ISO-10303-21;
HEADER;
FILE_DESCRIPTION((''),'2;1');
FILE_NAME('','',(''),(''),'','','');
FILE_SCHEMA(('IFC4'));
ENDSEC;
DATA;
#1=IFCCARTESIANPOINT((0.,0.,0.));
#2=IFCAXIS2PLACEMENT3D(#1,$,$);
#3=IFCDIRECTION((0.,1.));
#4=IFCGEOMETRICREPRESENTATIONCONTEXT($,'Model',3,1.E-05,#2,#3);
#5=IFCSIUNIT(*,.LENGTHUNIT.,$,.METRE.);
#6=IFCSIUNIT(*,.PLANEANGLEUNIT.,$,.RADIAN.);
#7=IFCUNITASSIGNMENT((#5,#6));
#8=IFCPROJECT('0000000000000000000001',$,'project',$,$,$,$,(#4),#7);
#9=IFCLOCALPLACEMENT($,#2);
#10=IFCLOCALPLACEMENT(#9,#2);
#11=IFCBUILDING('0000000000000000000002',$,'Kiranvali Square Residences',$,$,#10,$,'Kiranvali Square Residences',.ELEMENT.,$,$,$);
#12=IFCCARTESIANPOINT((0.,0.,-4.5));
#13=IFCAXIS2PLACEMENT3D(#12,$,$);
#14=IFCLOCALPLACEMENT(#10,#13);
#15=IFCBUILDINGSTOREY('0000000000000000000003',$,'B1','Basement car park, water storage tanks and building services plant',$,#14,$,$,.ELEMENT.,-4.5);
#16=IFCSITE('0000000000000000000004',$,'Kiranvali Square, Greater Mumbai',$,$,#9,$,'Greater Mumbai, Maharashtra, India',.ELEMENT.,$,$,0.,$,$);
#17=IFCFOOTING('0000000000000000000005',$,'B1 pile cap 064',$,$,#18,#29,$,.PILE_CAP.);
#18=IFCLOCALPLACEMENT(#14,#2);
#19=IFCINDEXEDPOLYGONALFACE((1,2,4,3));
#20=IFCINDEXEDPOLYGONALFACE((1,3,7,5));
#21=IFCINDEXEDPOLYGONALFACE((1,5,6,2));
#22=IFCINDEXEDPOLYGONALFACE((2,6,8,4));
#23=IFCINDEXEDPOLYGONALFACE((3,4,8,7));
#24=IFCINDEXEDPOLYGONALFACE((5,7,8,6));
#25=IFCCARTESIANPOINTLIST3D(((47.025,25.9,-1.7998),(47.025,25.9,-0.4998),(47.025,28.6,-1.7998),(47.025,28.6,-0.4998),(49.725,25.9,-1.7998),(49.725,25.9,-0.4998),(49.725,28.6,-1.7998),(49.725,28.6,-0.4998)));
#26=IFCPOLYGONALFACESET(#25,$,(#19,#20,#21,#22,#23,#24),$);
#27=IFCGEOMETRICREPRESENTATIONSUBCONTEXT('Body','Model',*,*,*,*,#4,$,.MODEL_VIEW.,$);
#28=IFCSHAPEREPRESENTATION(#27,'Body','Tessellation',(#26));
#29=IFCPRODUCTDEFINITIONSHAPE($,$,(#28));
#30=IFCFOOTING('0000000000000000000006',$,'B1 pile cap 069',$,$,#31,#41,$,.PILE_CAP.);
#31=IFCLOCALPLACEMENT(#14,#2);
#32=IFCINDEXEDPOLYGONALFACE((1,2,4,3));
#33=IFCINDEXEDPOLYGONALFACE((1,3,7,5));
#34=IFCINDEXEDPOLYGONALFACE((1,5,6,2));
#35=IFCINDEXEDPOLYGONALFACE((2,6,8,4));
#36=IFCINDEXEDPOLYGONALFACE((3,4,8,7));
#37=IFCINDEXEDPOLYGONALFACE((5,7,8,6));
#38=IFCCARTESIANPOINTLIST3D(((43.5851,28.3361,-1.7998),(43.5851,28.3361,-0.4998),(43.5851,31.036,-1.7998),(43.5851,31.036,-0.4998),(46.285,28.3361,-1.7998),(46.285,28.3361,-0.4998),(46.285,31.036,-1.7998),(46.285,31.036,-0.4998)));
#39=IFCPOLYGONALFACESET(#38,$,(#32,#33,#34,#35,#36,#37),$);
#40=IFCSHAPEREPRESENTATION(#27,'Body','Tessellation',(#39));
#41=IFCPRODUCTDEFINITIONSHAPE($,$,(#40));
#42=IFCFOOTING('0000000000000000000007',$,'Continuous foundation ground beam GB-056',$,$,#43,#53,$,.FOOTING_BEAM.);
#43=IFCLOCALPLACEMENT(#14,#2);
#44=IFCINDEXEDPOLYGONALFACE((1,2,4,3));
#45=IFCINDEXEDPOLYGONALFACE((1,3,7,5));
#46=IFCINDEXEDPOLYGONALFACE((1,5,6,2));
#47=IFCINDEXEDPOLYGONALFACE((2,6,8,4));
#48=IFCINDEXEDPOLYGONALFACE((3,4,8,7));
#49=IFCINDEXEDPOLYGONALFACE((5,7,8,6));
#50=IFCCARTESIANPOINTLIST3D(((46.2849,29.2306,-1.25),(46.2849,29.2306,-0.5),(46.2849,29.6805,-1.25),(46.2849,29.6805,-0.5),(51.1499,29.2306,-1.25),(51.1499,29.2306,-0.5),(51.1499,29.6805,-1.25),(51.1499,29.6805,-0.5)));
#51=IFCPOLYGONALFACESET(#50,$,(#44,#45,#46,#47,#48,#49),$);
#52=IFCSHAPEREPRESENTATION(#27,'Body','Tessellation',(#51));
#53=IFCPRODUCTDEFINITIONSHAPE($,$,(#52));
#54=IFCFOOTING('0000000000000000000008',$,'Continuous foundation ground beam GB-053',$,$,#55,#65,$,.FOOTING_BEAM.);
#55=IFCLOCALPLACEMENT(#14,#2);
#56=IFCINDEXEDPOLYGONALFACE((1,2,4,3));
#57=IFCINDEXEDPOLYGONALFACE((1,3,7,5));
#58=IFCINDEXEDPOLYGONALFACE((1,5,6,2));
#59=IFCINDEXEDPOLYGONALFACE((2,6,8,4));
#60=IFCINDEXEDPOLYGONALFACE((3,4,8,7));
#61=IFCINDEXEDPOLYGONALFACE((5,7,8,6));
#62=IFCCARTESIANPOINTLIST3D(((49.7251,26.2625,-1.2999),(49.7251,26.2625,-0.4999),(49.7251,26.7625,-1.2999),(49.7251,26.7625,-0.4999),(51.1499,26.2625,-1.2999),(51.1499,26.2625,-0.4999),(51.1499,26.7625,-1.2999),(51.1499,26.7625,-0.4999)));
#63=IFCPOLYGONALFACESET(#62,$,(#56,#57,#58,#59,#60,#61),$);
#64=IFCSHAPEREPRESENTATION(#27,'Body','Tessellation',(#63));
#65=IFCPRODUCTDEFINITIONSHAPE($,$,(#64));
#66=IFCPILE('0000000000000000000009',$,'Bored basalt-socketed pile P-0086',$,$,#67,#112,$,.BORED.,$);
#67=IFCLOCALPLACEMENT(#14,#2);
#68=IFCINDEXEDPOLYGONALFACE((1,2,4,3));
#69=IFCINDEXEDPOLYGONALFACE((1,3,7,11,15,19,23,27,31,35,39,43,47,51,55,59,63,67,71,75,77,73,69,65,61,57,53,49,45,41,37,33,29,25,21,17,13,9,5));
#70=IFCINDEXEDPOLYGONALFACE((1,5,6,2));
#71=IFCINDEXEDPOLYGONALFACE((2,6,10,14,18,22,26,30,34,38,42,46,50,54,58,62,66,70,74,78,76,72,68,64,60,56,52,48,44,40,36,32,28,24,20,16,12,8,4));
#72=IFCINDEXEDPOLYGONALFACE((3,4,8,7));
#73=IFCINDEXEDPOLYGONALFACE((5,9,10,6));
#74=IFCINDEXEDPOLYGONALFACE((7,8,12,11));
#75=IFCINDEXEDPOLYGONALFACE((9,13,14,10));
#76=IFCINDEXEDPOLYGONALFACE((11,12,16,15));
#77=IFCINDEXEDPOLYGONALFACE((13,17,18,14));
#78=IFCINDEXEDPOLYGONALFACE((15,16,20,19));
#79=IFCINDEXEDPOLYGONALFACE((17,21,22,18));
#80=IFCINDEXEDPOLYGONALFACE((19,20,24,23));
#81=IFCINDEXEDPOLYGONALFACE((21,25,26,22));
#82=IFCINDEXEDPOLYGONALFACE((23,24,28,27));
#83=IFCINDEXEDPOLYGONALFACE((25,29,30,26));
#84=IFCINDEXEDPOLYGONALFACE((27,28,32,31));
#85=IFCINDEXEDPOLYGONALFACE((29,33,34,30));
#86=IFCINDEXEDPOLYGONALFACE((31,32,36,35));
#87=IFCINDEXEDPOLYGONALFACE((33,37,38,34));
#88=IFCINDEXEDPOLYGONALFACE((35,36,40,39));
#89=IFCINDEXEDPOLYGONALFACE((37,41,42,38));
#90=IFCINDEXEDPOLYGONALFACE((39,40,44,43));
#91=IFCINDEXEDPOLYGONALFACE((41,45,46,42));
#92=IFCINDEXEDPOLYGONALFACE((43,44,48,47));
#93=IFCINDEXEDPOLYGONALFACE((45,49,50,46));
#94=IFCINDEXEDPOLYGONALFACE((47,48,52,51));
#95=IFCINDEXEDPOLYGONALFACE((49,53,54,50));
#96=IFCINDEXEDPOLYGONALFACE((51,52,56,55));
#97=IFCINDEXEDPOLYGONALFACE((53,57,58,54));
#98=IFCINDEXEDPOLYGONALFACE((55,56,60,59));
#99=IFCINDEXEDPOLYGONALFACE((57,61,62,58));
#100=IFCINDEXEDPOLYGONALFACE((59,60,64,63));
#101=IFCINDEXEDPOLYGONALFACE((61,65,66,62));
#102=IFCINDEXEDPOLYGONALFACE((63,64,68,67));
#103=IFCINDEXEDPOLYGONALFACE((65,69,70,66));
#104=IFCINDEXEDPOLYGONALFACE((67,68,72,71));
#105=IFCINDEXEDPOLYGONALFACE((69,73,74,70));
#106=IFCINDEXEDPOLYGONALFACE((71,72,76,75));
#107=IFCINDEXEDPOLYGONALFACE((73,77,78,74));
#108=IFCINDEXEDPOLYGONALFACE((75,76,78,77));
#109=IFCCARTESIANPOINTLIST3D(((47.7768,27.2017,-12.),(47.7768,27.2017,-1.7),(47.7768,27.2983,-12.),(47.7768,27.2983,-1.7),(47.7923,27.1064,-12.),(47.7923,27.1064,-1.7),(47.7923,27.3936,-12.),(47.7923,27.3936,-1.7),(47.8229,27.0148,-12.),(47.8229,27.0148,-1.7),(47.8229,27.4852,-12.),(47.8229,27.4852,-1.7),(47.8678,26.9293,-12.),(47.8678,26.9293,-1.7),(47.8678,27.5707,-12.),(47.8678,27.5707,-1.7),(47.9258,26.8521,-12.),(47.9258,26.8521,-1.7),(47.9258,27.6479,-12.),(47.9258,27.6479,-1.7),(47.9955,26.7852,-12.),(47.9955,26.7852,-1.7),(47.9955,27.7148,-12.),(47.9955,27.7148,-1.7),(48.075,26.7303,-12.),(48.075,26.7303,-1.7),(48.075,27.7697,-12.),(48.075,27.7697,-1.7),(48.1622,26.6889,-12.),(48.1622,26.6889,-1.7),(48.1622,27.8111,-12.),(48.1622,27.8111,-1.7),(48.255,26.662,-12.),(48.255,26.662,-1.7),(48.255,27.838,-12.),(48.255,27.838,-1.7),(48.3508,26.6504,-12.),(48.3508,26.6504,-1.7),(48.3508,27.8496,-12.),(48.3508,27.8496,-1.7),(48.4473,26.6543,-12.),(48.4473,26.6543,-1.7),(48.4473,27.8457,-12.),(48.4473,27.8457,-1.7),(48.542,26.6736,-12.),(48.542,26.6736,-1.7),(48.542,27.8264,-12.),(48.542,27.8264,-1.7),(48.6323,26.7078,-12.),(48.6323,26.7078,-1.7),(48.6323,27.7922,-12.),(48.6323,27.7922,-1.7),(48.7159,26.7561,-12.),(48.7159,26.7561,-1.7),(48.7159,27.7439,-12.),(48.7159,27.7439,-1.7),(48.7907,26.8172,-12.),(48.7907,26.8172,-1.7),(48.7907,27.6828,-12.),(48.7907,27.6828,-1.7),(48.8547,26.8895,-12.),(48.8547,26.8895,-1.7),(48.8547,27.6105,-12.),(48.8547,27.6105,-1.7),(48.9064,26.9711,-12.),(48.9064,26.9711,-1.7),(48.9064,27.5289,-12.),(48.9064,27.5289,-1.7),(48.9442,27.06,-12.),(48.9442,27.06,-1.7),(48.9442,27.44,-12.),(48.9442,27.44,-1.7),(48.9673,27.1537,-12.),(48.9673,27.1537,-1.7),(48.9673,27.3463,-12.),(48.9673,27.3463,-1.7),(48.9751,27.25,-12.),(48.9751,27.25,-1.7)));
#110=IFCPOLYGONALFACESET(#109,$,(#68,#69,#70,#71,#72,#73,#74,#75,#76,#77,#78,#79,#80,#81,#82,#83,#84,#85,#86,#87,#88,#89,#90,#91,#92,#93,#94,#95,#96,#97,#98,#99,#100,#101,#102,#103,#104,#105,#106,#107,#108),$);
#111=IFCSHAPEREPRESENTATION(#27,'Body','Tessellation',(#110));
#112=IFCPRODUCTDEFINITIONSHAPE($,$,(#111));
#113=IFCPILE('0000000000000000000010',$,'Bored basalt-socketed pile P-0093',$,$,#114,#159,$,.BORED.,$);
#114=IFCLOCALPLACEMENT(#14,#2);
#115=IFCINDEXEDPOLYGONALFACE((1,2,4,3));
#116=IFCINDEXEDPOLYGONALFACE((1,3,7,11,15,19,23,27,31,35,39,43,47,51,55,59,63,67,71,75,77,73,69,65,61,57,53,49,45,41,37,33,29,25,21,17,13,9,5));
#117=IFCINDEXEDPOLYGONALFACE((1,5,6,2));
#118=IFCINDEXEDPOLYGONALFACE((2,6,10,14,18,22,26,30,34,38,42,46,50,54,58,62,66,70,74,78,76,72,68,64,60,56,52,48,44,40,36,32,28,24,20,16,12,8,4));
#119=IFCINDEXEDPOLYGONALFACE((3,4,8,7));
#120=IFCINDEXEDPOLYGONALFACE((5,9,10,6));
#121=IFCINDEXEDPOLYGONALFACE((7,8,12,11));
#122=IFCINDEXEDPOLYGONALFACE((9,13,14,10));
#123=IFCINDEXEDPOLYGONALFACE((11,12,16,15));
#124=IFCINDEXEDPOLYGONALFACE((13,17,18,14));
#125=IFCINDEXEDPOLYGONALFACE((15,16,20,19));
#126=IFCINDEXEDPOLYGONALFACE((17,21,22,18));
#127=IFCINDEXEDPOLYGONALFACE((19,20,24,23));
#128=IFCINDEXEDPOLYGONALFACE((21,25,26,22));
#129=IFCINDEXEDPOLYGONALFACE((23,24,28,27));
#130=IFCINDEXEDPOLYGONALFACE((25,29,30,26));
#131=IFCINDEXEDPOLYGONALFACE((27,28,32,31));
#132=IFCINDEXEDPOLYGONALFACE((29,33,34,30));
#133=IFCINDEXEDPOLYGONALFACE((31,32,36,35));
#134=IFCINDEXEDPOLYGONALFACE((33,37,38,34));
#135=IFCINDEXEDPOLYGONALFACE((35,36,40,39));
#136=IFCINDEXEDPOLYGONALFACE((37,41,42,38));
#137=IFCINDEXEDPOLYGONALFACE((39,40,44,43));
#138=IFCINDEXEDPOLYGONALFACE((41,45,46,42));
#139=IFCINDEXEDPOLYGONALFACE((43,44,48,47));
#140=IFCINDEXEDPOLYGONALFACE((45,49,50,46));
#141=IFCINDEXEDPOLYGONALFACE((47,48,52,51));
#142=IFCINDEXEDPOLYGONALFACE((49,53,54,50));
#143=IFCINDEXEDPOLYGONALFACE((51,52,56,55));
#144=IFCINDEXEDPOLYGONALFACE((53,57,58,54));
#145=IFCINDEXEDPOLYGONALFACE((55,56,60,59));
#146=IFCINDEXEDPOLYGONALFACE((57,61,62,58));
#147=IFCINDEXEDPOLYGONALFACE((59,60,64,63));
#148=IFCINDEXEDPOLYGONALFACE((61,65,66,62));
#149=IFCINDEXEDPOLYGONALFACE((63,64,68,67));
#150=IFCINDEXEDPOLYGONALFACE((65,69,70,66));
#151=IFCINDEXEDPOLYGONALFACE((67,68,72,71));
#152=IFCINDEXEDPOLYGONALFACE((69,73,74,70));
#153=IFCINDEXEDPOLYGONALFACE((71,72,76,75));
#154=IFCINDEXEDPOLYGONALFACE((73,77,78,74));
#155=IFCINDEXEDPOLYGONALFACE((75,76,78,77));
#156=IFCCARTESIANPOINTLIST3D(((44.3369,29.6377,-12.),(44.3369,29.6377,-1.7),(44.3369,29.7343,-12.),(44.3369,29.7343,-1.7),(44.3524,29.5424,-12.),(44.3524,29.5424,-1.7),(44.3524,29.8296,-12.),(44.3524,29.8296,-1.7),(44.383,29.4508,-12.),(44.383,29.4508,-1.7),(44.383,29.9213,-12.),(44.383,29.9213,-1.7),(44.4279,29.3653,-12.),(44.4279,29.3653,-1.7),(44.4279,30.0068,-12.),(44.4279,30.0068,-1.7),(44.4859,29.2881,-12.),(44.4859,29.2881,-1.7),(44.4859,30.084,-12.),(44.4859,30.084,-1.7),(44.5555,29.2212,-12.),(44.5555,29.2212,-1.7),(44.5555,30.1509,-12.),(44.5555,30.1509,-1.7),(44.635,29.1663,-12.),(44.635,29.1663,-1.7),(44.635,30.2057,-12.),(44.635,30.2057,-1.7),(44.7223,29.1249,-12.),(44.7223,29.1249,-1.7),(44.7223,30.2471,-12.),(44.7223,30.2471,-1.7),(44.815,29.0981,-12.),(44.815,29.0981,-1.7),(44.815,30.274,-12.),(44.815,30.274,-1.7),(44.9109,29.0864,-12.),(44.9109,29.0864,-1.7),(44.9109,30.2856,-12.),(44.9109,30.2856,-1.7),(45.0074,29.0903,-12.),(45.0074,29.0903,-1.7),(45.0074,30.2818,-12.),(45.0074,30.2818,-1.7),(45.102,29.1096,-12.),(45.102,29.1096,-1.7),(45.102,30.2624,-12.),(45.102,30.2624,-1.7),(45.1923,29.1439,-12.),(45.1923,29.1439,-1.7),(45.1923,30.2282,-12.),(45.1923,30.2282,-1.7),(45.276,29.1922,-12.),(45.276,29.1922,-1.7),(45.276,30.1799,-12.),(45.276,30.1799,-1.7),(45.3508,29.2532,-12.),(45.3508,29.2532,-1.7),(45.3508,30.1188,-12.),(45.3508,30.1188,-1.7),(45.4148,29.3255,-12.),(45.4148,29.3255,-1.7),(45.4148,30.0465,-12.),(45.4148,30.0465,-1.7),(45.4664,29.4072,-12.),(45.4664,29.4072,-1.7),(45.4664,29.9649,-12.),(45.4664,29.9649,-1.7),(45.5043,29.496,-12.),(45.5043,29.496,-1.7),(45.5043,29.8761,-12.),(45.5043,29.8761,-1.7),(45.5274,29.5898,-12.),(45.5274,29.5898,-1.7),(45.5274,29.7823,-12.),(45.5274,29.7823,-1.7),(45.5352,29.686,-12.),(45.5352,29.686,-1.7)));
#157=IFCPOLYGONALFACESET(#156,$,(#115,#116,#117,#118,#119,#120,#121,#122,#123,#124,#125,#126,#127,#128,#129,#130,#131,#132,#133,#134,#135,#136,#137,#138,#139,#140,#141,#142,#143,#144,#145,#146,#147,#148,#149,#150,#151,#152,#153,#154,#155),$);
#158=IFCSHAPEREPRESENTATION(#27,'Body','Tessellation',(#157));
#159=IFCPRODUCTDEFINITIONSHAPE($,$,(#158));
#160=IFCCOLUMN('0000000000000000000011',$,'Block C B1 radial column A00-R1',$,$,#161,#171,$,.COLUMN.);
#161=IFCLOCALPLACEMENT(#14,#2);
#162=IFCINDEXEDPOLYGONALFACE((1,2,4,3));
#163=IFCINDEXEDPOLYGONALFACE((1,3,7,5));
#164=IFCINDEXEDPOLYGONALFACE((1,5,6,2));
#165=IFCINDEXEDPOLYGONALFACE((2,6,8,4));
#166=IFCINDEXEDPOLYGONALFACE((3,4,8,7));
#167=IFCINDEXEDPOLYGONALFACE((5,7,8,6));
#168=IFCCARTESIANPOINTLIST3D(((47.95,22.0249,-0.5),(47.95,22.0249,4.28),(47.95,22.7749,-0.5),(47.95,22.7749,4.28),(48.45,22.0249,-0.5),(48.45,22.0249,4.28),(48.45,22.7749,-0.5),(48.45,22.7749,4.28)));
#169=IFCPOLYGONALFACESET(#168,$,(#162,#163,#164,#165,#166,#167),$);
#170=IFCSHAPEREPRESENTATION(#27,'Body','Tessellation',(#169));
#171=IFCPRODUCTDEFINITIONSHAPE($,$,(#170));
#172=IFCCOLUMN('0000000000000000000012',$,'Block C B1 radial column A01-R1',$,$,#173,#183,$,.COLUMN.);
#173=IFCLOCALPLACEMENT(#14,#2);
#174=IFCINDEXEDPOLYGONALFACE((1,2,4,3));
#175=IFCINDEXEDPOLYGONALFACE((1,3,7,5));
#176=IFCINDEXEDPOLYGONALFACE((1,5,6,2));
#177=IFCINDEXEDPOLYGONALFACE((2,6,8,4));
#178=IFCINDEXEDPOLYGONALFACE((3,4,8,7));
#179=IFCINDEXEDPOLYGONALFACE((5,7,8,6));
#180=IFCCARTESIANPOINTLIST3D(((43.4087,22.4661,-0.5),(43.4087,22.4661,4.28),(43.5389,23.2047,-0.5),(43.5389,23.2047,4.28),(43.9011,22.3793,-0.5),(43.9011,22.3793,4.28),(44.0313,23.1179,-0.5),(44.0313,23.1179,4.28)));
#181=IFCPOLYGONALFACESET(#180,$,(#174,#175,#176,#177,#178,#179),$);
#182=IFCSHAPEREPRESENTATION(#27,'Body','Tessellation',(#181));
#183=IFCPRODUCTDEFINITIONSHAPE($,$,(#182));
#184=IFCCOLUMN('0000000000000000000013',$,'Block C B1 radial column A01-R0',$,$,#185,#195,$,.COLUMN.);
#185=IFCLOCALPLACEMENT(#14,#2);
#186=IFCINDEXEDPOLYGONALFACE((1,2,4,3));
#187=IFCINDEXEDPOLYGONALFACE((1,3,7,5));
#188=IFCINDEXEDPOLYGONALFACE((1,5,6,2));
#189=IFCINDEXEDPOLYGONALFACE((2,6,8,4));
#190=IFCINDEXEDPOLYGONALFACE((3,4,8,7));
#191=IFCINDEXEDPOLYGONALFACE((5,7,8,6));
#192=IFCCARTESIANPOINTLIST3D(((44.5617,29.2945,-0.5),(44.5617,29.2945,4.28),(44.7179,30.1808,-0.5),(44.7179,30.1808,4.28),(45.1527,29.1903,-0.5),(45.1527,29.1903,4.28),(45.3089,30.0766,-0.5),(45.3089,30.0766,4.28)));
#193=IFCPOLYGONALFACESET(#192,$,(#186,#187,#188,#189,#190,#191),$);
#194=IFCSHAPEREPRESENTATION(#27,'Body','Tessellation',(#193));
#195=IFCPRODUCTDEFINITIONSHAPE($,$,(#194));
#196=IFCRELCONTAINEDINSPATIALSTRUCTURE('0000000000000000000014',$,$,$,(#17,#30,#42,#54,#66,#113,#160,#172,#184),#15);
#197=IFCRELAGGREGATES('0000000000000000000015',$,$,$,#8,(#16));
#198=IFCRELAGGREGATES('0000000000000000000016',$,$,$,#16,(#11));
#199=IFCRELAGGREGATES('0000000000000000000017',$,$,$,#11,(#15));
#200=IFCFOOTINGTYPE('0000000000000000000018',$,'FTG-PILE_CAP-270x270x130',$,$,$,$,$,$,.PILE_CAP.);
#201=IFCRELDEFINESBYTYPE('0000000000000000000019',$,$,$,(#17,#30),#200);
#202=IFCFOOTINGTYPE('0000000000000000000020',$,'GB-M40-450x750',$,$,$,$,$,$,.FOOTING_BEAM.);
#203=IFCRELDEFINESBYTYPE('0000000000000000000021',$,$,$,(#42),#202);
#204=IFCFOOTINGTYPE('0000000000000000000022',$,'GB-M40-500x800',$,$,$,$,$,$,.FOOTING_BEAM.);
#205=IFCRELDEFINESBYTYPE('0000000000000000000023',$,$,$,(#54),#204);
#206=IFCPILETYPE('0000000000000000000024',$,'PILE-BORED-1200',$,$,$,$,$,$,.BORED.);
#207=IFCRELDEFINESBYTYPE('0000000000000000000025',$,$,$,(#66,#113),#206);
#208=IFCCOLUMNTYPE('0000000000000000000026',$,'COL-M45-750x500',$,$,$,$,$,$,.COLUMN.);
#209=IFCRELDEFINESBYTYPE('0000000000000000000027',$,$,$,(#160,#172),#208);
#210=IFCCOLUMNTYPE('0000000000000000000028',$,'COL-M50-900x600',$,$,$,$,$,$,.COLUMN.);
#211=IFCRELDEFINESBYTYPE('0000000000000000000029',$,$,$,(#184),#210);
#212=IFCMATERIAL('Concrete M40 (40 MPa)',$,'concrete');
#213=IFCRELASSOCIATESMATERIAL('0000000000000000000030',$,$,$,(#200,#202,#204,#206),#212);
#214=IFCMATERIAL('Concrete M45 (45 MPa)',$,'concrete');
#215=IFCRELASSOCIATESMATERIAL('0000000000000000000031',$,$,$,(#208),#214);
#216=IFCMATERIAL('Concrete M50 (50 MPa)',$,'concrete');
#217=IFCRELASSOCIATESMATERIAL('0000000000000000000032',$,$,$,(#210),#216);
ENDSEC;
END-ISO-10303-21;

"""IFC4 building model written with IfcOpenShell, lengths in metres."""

from ifc_helpers import new_model, si_unit, direction, frame, origin, origin_2d, place, context, subcontext, project, spatial, rectangle, circle, extrude, material, material_profile, profile_set, type_object, element, save


model = new_model("IFC4")

# Units and contexts
model_context = context("Model", 3, precision=1e-05, world=origin(), true_north=direction((0.0, 1.0)))
body_context = subcontext(model_context, "Body", "Model", "MODEL_VIEW")
ifc_project = project(units=[si_unit("LENGTHUNIT", "METRE"), si_unit("PLANEANGLEUNIT", "RADIAN")], contexts=[model_context])

# Site, building, storey
site_placement = place(None, origin())
site = spatial("IfcSite", under=ifc_project, at=site_placement, Name="Kiranvali Square, Greater Mumbai", LongName="Greater Mumbai, Maharashtra, India", CompositionType="ELEMENT", RefElevation=0.0)
building_placement = place(site_placement, origin())
building = spatial("IfcBuilding", under=site, at=building_placement, Name="Kiranvali Square Residences", LongName="Kiranvali Square Residences", CompositionType="ELEMENT")
storey_placement = place(building_placement, frame((0.0, 0.0, -4.5)))
storey = spatial("IfcBuildingStorey", under=building, at=storey_placement, Name="B1", Description="Basement car park, water storage tanks and building services plant", CompositionType="ELEMENT", Elevation=-4.5)

# Footings
ifc_material_1 = material(Name="Concrete M40 (40 MPa)", Category="concrete")
footing_type_1 = type_object("IfcFootingType", Name="FTG-PILE_CAP-270x270x130", PredefinedType="PILE_CAP", material=ifc_material_1)
for number, where, z_axis, x_axis, name in (
    (1, (48.375, 27.25, -1.7998), (0.0, 0.0, 1.0), (1.0, 0.0, 0.0), "B1 pile cap 064"),
    (2, (44.9351, 29.686, -1.7998), (0.0, 0.0, 1.0), (1.0, 0.0, 0.0), "B1 pile cap 069"),
):
    element("IfcFooting", number, at=place(storey_placement, frame(where, z_axis=z_axis, x_axis=x_axis)), inside=storey, type_object=footing_type_1, Name=name, PredefinedType="PILE_CAP", context=body_context, shape_type="SweptSolid", body=[
        extrude(rectangle(XDim=2.7, YDim=2.7, at=origin_2d()), origin(), (0.0, 0.0, 1.0), 1.3),
    ])
ifc_material_profile_1 = material_profile(ifc_material_1, rectangle(XDim=0.45, YDim=0.75, at=origin_2d()), Name="GB 450x750")
ifc_profile_set_1 = profile_set([ifc_material_profile_1], Name="Concrete M40 (40 MPa)")
footing_type_2 = type_object("IfcFootingType", Name="GB-M40-450x750", PredefinedType="FOOTING_BEAM", material=ifc_profile_set_1)
footing_1_placement = place(storey_placement, frame((46.2849, 29.4556, -0.875), z_axis=(1.0, 0.0, 0.0), x_axis=(0.0, 1.0, 0.0)))
element("IfcFooting", 3, at=footing_1_placement, inside=storey, type_object=footing_type_2, Name="Continuous foundation ground beam GB-056", PredefinedType="FOOTING_BEAM", context=body_context, shape_type="SweptSolid", body=[
    extrude(rectangle(XDim=0.45, YDim=0.75, at=origin_2d()), origin(), (0.0, 0.0, 1.0), 4.865),
])
ifc_material_profile_2 = material_profile(ifc_material_1, rectangle(XDim=0.5, YDim=0.8, at=origin_2d()), Name="GB 500x800")
ifc_profile_set_2 = profile_set([ifc_material_profile_2], Name="Concrete M40 (40 MPa)")
footing_type_3 = type_object("IfcFootingType", Name="GB-M40-500x800", PredefinedType="FOOTING_BEAM", material=ifc_profile_set_2)
footing_2_placement = place(storey_placement, frame((49.7251, 26.5125, -0.8999), z_axis=(1.0, 0.0, 0.0), x_axis=(0.0, 1.0, 0.0)))
element("IfcFooting", 4, at=footing_2_placement, inside=storey, type_object=footing_type_3, Name="Continuous foundation ground beam GB-053", PredefinedType="FOOTING_BEAM", context=body_context, shape_type="SweptSolid", body=[
    extrude(rectangle(XDim=0.5, YDim=0.8, at=origin_2d()), origin(), (0.0, 0.0, 1.0), 1.4248),
])

# Piles
ifc_material_profile_3 = material_profile(ifc_material_1, circle(Radius=0.6001, at=origin_2d()), Name="BORED PILE 1200")
ifc_profile_set_3 = profile_set([ifc_material_profile_3], Name="Concrete M40 (40 MPa)")
pile_type = type_object("IfcPileType", Name="PILE-BORED-1200", PredefinedType="BORED", material=ifc_profile_set_3)
for number, where, z_axis, x_axis, name in (
    (5, (48.375, 27.25, -1.7), (0.0, 0.0, -1.0), (1.0, 0.0, 0.0), "Bored basalt-socketed pile P-0086"),
    (6, (44.9351, 29.686, -1.7), (0.0, 0.0, -1.0), (1.0, 0.0, 0.0), "Bored basalt-socketed pile P-0093"),
):
    element("IfcPile", number, at=place(storey_placement, frame(where, z_axis=z_axis, x_axis=x_axis)), inside=storey, type_object=pile_type, Name=name, PredefinedType="BORED", context=body_context, shape_type="SweptSolid", body=[
        extrude(circle(Radius=0.6001, at=origin_2d()), origin(), (0.0, 0.0, 1.0), 10.3),
    ])

# Columns
ifc_material_2 = material(Name="Concrete M45 (45 MPa)", Category="concrete")
ifc_material_profile_4 = material_profile(ifc_material_2, rectangle(XDim=0.5, YDim=0.75, at=origin_2d()), Name="RC 750x500")
ifc_profile_set_4 = profile_set([ifc_material_profile_4], Name="Concrete M45 (45 MPa)")
column_type_1 = type_object("IfcColumnType", Name="COL-M45-750x500", PredefinedType="COLUMN", material=ifc_profile_set_4)
for number, where, z_axis, x_axis, name in (
    (7, (48.2, 22.3999, -0.5), (0.0, 0.0, 1.0), (1.0, 0.0, 0.0), "Block C B1 radial column A00-R1"),
    (8, (43.72, 22.792, -0.5), (0.0, 0.0, 1.0), (-0.984808, 0.173648, 0.0), "Block C B1 radial column A01-R1"),
):
    element("IfcColumn", number, at=place(storey_placement, frame(where, z_axis=z_axis, x_axis=x_axis)), inside=storey, type_object=column_type_1, Name=name, PredefinedType="COLUMN", context=body_context, shape_type="SweptSolid", body=[
        extrude(rectangle(XDim=0.5, YDim=0.75, at=origin_2d()), origin(), (0.0, 0.0, 1.0), 4.78),
    ])
ifc_material_3 = material(Name="Concrete M50 (50 MPa)", Category="concrete")
ifc_material_profile_5 = material_profile(ifc_material_3, rectangle(XDim=0.6001, YDim=0.8999, at=origin_2d()), Name="RC 900x600")
ifc_profile_set_5 = profile_set([ifc_material_profile_5], Name="Concrete M50 (50 MPa)")
column_type_2 = type_object("IfcColumnType", Name="COL-M50-900x600", PredefinedType="COLUMN", material=ifc_profile_set_5)
for number, where, z_axis, x_axis, name in (
    (9, (44.9353, 29.6855, -0.5), (0.0, 0.0, 1.0), (-0.984808, 0.173648, 0.0), "Block C B1 radial column A01-R0"),
):
    element("IfcColumn", number, at=place(storey_placement, frame(where, z_axis=z_axis, x_axis=x_axis)), inside=storey, type_object=column_type_2, Name=name, PredefinedType="COLUMN", context=body_context, shape_type="SweptSolid", body=[
        extrude(rectangle(XDim=0.6001, YDim=0.8999, at=origin_2d()), origin(), (0.0, 0.0, 1.0), 4.78),
    ])

save(model, "model.ifc")
